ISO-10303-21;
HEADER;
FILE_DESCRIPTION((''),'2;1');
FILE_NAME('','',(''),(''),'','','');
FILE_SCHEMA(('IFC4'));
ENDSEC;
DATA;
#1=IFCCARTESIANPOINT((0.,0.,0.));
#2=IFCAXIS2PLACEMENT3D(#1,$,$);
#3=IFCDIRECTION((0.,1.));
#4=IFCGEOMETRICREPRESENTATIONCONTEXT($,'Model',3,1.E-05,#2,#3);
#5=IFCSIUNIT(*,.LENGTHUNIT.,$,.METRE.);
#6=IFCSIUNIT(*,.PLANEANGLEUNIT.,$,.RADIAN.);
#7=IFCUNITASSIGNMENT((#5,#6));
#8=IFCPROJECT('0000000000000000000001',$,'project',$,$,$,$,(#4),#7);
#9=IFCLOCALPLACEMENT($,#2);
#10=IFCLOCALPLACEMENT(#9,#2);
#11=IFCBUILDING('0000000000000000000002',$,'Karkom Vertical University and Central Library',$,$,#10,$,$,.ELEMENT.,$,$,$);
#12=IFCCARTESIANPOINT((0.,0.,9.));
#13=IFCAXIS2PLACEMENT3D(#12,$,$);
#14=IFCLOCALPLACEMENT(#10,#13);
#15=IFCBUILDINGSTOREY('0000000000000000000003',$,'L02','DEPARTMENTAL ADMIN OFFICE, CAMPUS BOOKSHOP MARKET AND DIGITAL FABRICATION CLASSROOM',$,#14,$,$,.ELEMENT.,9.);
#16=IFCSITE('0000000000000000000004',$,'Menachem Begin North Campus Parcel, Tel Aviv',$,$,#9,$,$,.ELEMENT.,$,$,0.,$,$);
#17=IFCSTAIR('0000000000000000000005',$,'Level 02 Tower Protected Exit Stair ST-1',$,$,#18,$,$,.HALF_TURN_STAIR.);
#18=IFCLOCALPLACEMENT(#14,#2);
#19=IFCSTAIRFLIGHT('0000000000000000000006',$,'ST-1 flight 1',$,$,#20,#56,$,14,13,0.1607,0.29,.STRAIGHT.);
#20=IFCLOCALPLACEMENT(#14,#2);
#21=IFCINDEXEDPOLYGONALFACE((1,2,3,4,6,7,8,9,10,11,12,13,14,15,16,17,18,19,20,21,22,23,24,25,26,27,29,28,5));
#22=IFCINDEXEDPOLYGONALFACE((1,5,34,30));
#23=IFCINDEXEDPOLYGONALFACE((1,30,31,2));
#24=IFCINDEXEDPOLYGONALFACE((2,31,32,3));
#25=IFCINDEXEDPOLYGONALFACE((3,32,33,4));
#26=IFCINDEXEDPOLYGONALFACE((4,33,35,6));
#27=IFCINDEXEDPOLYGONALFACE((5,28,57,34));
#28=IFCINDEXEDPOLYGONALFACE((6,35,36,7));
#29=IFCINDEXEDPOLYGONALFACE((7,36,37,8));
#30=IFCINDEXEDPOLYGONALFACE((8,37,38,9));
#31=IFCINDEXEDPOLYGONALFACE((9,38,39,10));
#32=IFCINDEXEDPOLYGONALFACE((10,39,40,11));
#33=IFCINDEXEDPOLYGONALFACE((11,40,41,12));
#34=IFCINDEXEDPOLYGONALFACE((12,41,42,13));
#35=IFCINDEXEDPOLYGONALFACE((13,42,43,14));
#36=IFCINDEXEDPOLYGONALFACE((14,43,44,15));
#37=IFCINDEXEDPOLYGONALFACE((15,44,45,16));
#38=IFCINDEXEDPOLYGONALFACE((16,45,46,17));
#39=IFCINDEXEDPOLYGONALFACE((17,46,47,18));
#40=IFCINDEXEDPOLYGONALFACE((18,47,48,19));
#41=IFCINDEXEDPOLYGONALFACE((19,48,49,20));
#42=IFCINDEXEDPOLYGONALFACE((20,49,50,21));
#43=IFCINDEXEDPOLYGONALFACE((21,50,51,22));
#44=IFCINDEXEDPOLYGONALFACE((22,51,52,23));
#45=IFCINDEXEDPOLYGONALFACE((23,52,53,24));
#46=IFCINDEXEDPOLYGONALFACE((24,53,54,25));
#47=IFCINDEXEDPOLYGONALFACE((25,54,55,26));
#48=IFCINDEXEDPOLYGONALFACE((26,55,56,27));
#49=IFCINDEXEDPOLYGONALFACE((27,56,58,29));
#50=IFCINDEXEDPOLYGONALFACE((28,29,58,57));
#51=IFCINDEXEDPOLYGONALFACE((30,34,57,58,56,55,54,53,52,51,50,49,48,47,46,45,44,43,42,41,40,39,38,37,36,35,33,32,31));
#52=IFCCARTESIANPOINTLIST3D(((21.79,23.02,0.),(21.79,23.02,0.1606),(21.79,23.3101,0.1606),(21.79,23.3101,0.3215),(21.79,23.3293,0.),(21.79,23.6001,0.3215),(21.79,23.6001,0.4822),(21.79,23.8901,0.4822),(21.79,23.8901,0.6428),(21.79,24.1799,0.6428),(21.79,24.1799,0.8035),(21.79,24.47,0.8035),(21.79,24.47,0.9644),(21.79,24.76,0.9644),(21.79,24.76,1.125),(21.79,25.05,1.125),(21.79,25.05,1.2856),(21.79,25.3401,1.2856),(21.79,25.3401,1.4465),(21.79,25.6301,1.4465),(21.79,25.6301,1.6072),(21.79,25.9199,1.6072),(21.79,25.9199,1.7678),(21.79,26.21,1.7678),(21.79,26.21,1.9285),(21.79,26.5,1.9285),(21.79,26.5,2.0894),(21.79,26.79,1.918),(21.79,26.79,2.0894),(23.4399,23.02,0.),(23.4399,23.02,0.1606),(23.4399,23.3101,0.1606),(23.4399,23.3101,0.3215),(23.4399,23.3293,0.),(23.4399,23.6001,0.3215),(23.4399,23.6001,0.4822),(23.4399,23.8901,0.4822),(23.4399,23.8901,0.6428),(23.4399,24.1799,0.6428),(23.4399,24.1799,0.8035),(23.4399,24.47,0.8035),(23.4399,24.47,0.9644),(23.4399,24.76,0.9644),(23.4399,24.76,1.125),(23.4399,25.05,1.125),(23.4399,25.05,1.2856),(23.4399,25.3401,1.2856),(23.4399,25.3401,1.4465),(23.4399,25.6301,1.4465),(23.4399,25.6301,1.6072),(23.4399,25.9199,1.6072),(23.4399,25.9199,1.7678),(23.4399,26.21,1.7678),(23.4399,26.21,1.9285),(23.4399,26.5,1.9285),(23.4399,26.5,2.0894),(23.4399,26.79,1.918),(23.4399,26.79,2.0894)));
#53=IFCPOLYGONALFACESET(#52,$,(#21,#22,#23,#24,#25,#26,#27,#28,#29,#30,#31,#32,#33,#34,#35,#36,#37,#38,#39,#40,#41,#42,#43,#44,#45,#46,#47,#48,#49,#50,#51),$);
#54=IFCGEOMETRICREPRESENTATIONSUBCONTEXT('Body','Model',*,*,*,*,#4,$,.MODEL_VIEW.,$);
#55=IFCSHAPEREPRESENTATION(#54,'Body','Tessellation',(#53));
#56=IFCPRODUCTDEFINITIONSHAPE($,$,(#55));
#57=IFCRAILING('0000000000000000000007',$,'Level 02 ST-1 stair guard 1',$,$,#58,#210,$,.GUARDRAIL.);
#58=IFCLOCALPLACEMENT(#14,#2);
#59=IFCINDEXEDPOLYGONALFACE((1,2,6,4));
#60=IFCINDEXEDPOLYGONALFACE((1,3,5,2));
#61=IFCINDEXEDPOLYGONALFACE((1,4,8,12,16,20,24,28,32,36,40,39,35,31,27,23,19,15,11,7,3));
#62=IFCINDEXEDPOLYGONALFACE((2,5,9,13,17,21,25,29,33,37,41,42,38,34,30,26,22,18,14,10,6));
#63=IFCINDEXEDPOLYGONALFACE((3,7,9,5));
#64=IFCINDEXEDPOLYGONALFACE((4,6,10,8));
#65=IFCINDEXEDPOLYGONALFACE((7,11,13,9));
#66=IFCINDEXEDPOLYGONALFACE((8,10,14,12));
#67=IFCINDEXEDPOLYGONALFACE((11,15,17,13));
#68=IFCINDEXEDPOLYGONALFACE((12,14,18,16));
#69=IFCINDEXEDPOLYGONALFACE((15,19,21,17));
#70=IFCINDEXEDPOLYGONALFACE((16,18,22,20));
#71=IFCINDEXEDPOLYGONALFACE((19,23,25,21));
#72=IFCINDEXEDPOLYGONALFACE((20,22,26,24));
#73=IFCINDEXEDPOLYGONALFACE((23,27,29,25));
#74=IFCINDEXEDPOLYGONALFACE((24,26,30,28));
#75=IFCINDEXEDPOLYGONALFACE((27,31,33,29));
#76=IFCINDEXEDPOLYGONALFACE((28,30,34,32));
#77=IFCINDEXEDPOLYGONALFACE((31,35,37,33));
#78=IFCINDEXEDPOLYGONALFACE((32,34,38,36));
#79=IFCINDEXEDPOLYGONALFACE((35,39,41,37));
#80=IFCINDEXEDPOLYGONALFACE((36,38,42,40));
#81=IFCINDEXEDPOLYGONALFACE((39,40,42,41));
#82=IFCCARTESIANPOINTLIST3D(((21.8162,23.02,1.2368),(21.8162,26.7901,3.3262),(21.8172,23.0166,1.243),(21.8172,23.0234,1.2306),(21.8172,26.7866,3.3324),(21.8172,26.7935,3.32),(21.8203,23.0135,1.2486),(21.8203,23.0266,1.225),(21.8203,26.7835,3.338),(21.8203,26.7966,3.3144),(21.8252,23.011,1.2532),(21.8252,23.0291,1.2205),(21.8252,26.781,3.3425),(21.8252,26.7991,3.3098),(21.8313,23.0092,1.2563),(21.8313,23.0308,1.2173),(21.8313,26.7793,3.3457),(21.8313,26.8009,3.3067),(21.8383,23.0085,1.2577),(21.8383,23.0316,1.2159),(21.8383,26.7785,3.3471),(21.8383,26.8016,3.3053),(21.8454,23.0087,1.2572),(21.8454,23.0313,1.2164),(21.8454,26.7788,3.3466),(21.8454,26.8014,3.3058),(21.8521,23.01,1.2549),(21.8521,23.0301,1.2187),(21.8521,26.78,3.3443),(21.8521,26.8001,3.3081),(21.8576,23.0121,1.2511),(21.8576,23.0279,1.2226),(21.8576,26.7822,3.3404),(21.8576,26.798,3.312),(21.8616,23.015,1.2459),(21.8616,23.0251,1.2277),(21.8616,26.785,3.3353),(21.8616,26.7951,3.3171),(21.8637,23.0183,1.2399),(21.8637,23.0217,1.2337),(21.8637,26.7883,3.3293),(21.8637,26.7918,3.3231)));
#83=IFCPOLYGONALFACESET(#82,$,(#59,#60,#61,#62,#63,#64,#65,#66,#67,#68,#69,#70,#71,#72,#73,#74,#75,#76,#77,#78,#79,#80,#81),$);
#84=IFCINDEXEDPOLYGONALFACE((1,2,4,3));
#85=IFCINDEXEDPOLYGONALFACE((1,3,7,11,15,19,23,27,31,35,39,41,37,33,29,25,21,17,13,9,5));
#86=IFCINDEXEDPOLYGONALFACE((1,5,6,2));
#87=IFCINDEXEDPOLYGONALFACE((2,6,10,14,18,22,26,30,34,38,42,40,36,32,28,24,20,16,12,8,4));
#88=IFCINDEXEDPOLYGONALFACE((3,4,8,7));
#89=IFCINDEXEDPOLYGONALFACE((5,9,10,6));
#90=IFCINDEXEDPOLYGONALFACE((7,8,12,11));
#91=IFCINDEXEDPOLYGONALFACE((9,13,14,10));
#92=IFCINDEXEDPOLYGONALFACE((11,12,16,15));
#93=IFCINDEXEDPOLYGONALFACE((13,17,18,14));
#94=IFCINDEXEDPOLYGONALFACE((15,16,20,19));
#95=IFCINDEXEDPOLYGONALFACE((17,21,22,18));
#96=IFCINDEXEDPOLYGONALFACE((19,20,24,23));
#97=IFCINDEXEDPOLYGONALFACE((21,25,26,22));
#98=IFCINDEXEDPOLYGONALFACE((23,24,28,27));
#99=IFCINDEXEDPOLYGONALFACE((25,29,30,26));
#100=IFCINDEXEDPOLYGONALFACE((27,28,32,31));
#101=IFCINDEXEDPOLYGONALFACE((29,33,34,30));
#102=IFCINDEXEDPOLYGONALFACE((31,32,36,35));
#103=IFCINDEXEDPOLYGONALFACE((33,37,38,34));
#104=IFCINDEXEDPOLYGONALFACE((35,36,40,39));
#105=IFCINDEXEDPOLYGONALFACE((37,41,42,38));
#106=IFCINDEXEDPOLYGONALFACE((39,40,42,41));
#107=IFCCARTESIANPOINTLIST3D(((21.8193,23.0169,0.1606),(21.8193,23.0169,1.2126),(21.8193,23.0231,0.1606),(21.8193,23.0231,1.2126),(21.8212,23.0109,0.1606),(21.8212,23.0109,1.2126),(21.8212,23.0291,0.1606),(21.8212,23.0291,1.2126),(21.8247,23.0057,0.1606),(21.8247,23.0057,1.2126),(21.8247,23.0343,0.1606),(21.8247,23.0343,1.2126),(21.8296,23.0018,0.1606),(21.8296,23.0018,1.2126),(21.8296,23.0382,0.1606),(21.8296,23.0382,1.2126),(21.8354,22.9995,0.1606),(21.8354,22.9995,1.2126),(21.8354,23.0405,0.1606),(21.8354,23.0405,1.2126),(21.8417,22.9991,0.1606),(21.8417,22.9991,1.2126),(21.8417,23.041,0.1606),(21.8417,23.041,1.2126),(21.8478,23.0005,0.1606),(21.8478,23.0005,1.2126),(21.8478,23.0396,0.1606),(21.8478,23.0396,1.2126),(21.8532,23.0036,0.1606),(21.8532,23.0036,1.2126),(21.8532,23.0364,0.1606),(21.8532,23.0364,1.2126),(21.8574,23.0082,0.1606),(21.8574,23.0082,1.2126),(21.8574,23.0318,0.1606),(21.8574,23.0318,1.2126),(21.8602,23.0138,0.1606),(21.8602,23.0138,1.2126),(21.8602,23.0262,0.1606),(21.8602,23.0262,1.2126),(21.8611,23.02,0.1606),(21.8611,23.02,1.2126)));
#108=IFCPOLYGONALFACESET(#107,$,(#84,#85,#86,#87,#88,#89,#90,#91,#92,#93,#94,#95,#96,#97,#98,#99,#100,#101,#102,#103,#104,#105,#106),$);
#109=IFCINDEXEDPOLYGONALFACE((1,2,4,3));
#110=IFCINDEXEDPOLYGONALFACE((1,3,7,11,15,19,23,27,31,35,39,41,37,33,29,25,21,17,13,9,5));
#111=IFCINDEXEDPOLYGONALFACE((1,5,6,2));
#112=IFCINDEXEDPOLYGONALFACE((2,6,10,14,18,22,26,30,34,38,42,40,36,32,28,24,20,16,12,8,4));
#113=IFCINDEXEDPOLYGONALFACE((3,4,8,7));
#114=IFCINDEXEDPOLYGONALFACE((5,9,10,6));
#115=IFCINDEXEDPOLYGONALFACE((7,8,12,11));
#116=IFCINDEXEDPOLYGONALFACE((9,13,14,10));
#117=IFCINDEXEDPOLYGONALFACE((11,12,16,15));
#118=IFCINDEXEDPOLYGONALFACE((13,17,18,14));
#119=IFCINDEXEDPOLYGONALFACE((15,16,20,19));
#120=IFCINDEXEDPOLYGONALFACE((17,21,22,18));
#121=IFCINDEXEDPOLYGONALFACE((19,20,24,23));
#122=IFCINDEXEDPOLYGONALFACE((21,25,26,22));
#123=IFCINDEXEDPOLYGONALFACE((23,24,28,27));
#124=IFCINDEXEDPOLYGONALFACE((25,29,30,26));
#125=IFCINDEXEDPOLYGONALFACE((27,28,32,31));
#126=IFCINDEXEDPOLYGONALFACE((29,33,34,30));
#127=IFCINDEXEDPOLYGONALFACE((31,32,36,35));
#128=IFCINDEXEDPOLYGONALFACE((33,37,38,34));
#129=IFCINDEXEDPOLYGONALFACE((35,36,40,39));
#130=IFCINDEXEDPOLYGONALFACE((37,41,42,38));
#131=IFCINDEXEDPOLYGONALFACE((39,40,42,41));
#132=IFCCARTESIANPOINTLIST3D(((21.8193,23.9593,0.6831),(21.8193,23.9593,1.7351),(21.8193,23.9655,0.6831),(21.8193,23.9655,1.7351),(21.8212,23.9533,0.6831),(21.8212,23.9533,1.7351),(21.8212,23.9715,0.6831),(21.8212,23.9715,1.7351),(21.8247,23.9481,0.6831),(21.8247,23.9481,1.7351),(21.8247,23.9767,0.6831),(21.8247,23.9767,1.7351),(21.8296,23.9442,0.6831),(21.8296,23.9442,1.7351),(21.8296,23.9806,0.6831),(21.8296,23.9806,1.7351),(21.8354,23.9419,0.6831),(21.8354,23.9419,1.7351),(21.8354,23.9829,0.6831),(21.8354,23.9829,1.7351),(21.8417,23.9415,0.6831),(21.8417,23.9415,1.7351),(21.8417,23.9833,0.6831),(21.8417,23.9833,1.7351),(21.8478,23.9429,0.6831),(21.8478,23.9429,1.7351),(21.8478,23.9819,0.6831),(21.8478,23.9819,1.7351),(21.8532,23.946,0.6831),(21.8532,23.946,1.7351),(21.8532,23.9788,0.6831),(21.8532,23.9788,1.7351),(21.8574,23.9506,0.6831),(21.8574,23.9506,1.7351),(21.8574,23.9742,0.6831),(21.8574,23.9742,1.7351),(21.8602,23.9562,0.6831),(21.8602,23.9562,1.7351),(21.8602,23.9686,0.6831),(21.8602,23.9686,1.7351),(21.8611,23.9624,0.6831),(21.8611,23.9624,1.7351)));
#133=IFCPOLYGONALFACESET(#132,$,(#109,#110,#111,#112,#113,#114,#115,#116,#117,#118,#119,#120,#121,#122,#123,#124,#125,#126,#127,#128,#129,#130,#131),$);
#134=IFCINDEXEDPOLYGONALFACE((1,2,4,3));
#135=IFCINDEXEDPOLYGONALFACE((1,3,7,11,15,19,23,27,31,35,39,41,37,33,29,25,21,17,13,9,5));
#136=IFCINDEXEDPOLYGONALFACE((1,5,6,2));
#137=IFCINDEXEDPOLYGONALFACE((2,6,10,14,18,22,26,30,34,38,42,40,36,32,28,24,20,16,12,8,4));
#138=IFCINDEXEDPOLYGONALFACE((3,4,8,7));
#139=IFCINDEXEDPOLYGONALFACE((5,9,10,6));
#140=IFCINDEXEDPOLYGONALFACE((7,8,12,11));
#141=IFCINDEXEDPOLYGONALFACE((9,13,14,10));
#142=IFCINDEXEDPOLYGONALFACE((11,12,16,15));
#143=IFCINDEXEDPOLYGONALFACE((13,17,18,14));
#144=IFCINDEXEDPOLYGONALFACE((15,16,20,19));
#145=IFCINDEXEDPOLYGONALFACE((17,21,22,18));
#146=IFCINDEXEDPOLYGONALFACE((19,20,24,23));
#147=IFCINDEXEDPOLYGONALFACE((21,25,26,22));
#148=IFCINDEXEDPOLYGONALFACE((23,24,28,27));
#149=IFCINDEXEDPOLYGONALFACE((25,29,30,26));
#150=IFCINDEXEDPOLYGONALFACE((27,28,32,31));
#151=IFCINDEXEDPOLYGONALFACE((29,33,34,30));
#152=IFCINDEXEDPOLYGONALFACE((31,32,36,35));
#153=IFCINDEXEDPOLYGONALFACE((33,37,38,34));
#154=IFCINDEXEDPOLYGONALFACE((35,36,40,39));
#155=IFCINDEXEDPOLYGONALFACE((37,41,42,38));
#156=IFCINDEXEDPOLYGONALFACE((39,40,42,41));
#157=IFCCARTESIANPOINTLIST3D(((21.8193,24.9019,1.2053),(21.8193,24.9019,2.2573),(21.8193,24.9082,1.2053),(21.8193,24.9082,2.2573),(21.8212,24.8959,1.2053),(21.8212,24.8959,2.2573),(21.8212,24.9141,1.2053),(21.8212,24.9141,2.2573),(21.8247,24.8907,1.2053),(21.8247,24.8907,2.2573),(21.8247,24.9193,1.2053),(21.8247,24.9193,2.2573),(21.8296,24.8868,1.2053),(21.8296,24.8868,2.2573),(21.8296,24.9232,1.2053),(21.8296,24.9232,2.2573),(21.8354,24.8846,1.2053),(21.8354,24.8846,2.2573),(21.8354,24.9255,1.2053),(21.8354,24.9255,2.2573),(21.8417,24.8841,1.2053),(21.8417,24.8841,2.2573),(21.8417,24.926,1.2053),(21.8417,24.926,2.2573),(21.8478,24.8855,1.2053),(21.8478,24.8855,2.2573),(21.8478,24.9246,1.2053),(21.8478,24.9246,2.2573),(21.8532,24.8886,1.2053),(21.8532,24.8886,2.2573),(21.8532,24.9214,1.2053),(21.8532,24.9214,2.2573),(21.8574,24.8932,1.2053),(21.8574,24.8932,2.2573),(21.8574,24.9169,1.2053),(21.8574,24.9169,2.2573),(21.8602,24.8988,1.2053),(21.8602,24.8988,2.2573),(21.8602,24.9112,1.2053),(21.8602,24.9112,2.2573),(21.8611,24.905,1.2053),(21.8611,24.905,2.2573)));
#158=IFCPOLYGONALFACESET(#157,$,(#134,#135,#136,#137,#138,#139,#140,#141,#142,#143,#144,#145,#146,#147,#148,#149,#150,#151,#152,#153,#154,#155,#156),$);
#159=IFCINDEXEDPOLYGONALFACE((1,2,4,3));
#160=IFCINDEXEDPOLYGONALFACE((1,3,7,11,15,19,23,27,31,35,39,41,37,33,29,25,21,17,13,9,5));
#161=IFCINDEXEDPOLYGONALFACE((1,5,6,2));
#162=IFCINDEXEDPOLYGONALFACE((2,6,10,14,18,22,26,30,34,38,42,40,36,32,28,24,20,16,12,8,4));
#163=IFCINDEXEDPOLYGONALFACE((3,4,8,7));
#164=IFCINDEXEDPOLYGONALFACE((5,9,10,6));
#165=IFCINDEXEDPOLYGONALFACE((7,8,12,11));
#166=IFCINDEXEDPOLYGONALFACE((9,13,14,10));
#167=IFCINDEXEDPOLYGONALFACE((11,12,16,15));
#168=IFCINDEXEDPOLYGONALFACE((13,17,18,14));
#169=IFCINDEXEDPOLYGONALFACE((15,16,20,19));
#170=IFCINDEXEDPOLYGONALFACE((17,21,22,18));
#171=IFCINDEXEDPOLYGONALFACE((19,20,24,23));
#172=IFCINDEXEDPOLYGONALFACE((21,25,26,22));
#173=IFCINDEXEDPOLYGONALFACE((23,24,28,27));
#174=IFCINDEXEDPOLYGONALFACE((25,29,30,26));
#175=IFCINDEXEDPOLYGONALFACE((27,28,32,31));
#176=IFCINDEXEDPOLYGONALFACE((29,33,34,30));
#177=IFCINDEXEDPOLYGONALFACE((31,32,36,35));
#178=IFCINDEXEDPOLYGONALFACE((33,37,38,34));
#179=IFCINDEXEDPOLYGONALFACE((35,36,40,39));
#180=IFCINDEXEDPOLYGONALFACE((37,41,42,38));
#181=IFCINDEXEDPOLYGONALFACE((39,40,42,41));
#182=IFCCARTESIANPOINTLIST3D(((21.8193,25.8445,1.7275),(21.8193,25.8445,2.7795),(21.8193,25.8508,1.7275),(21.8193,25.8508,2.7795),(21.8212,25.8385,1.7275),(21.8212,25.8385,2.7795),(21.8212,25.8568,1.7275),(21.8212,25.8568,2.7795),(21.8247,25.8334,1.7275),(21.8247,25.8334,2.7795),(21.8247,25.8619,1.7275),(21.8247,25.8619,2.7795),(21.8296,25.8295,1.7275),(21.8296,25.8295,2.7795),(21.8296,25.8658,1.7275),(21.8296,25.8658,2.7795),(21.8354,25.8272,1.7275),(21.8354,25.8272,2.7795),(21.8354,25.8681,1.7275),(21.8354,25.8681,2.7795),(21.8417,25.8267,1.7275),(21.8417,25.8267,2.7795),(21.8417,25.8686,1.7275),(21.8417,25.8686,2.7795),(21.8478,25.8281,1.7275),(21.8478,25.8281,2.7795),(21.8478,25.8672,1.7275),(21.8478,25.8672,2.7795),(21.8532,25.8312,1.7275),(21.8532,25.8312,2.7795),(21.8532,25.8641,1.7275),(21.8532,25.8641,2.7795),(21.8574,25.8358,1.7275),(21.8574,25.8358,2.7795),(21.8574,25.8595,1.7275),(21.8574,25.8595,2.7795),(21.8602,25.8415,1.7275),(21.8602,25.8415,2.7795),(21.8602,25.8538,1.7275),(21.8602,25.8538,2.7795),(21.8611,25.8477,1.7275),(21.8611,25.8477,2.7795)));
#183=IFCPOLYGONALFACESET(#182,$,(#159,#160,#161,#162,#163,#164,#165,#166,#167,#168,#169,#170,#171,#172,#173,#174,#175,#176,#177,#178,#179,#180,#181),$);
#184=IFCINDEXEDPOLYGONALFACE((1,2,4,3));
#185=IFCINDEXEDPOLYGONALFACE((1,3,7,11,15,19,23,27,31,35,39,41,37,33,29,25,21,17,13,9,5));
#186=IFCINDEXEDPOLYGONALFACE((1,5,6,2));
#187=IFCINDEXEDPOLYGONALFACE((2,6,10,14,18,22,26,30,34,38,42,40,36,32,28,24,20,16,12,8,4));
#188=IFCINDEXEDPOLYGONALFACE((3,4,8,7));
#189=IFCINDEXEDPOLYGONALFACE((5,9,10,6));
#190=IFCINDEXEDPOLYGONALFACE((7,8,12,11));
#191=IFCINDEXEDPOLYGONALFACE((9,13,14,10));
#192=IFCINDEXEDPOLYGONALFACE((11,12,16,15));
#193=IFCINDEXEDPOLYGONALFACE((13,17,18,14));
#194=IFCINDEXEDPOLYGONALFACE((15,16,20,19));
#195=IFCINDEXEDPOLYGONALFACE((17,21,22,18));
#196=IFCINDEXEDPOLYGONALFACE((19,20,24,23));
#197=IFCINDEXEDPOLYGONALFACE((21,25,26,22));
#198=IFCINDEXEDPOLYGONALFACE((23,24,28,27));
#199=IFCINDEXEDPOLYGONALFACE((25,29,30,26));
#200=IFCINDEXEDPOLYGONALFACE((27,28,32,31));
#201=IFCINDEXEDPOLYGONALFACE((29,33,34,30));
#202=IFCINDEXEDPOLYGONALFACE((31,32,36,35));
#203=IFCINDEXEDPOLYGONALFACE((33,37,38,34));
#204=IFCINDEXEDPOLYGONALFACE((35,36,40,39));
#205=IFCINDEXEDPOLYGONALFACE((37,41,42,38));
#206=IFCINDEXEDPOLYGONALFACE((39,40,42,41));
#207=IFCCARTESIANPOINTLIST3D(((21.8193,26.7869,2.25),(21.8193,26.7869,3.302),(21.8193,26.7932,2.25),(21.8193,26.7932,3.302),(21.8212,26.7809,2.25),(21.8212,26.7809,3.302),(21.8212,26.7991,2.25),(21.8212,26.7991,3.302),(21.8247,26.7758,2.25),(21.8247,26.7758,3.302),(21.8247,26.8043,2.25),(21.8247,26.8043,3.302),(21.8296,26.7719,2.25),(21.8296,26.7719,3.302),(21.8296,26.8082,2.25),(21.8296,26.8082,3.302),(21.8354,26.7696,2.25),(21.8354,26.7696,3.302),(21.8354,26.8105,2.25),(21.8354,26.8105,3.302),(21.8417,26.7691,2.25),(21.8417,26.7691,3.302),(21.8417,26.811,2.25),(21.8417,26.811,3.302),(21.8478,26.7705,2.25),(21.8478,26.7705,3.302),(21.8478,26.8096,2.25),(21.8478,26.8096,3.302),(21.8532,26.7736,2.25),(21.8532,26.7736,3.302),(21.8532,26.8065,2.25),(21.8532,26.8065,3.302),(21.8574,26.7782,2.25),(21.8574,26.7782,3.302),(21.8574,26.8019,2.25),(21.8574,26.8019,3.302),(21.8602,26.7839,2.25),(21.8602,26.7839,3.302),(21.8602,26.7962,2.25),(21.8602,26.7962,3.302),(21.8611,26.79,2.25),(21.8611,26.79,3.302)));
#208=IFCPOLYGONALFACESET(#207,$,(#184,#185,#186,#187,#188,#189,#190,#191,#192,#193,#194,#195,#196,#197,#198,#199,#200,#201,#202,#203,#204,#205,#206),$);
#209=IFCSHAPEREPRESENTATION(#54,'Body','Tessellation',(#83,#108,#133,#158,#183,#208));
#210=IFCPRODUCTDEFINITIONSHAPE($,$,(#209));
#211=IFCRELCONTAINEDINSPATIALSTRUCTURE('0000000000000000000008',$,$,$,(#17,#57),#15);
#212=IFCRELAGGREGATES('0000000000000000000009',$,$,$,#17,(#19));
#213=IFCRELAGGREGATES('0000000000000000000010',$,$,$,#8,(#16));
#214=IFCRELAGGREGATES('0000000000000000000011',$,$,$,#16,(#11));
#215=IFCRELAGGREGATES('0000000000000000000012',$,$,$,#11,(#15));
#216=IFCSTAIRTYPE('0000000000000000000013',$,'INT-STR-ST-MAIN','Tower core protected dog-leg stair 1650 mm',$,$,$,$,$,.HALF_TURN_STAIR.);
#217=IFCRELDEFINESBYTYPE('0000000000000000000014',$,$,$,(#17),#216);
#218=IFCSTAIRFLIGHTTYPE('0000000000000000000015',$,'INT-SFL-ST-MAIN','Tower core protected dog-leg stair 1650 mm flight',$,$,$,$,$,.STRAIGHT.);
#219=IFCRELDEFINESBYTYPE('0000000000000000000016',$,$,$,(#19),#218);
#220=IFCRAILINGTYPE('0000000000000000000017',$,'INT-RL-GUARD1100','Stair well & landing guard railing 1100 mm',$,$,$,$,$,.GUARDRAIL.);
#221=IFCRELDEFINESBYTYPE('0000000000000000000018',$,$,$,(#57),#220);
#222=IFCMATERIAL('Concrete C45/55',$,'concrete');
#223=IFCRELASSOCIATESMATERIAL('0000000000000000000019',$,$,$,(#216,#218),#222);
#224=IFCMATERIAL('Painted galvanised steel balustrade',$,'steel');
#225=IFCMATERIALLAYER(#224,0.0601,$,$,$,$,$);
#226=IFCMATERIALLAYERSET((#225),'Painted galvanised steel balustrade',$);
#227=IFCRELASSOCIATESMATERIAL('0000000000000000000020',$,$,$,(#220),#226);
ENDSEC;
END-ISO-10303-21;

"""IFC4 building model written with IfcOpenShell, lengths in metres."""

from ifc_helpers import new_model, si_unit, direction, frame, origin, origin_2d, place, context, subcontext, project, spatial, polyline, circle, outline, extrude, material, layer, layer_set, type_object, element, aggregate, save


model = new_model("IFC4")

# Units and contexts
model_context = context("Model", 3, precision=1e-05, world=origin(), true_north=direction((0.0, 1.0)))
body_context = subcontext(model_context, "Body", "Model", "MODEL_VIEW")
ifc_project = project(units=[si_unit("LENGTHUNIT", "METRE"), si_unit("PLANEANGLEUNIT", "RADIAN")], contexts=[model_context])

# Site, building, storey
site_placement = place(None, origin())
site = spatial("IfcSite", under=ifc_project, at=site_placement, Name="Menachem Begin North Campus Parcel, Tel Aviv", CompositionType="ELEMENT", RefElevation=0.0)
building_placement = place(site_placement, origin())
building = spatial("IfcBuilding", under=site, at=building_placement, Name="Karkom Vertical University and Central Library", CompositionType="ELEMENT")
storey_placement = place(building_placement, frame((0.0, 0.0, 9.0)))
storey = spatial("IfcBuildingStorey", under=building, at=storey_placement, Name="L02", Description="DEPARTMENTAL ADMIN OFFICE, CAMPUS BOOKSHOP MARKET AND DIGITAL FABRICATION CLASSROOM", CompositionType="ELEMENT", Elevation=9.0)

# Shared definitions
ifc_material_1 = material(Name="Concrete C45/55", Category="concrete")

# Stair, stair flight
stair_type = type_object("IfcStairType", Name="INT-STR-ST-MAIN", Description="Tower core protected dog-leg stair 1650 mm", PredefinedType="HALF_TURN_STAIR", material=ifc_material_1)
stair_placement = place(storey_placement, origin())
stair = element("IfcStair", 1, at=stair_placement, inside=storey, type_object=stair_type, Name="Level 02 Tower Protected Exit Stair ST-1", PredefinedType="HALF_TURN_STAIR")
stair_flight_type = type_object("IfcStairFlightType", Name="INT-SFL-ST-MAIN", Description="Tower core protected dog-leg stair 1650 mm flight", PredefinedType="STRAIGHT", material=ifc_material_1)
stair_flight_placement = place(storey_placement, frame((22.615, 23.02, 0.0), z_axis=(0.0, 0.0, 1.0), x_axis=(0.0, 1.0, 0.0)))
stair_flight = element("IfcStairFlight", 2, at=stair_flight_placement, type_object=stair_flight_type, Name="ST-1 flight 1", NumberOfRisers=14, NumberOfTreads=13, PredefinedType="STRAIGHT", RiserHeight=0.1607, TreadLength=0.29, context=body_context, shape_type="SweptSolid", body=[
    extrude(outline(polyline([(0.0, 0.0), (0.0, 0.1606), (0.29, 0.1606), (0.29, 0.3215), (0.5801, 0.3215), (0.5801, 0.4822), (0.8701, 0.4822), (0.8701, 0.6428), (1.1599, 0.6428), (1.1599, 0.8035), (1.45, 0.8035), (1.45, 0.9644), (1.74, 0.9644), (1.74, 1.125), (2.03, 1.125), (2.03, 1.2856), (2.3201, 1.2856), (2.3201, 1.4465), (2.6101, 1.4465), (2.6101, 1.6072), (2.8999, 1.6072), (2.8999, 1.7678), (3.1899, 1.7678), (3.1899, 1.9285), (3.48, 1.9285), (3.48, 2.0894), (3.77, 2.0894), (3.77, 2.25), (3.77, 1.918), (0.3093, 0.0), (0.0, 0.0)])), frame((0.0, 0.825, 0.0), z_axis=(0.0, -1.0, 0.0), x_axis=(1.0, 0.0, 0.0)), (0.0, 0.0, 1.0), 1.6499),
])
aggregate(stair, [stair_flight])

# Railing
ifc_material_2 = material(Name="Painted galvanised steel balustrade", Category="steel")
ifc_layer_1 = layer(ifc_material_2, 0.0601)
ifc_layer_set_1 = layer_set([ifc_layer_1], Name="Painted galvanised steel balustrade")
railing_type_1 = type_object("IfcRailingType", Name="INT-RL-GUARD1100", Description="Stair well & landing guard railing 1100 mm", PredefinedType="GUARDRAIL", material=ifc_layer_set_1)
railing_1_placement = place(storey_placement, frame((21.8401, 23.02, 0.1606)))
element("IfcRailing", 3, at=railing_1_placement, inside=storey, type_object=railing_type_1, Name="Level 02 ST-1 stair guard 1", PredefinedType="GUARDRAIL", context=body_context, shape_type="SweptSolid", body=[
    extrude(circle(Radius=0.0239, at=origin_2d()), frame((0.0, 0.0, 1.0762), z_axis=(0.0, 0.874659, 0.484739), x_axis=(-1.0, 0.0, 0.0)), (0.0, 0.0, 1.0), 4.3103),
    extrude(circle(Radius=0.021, at=origin_2d()), origin(), (0.0, 0.0, 1.0), 1.052),
    extrude(circle(Radius=0.021, at=origin_2d()), frame((0.0, 0.9424, 0.5225)), (0.0, 0.0, 1.0), 1.052),
    extrude(circle(Radius=0.021, at=origin_2d()), frame((0.0, 1.885, 1.0447)), (0.0, 0.0, 1.0), 1.052),
    extrude(circle(Radius=0.021, at=origin_2d()), frame((0.0, 2.8276, 1.5669)), (0.0, 0.0, 1.0), 1.052),
    extrude(circle(Radius=0.021, at=origin_2d()), frame((0.0, 3.77, 2.0894)), (0.0, 0.0, 1.0), 1.052),
])

save(model, "model.ifc")
